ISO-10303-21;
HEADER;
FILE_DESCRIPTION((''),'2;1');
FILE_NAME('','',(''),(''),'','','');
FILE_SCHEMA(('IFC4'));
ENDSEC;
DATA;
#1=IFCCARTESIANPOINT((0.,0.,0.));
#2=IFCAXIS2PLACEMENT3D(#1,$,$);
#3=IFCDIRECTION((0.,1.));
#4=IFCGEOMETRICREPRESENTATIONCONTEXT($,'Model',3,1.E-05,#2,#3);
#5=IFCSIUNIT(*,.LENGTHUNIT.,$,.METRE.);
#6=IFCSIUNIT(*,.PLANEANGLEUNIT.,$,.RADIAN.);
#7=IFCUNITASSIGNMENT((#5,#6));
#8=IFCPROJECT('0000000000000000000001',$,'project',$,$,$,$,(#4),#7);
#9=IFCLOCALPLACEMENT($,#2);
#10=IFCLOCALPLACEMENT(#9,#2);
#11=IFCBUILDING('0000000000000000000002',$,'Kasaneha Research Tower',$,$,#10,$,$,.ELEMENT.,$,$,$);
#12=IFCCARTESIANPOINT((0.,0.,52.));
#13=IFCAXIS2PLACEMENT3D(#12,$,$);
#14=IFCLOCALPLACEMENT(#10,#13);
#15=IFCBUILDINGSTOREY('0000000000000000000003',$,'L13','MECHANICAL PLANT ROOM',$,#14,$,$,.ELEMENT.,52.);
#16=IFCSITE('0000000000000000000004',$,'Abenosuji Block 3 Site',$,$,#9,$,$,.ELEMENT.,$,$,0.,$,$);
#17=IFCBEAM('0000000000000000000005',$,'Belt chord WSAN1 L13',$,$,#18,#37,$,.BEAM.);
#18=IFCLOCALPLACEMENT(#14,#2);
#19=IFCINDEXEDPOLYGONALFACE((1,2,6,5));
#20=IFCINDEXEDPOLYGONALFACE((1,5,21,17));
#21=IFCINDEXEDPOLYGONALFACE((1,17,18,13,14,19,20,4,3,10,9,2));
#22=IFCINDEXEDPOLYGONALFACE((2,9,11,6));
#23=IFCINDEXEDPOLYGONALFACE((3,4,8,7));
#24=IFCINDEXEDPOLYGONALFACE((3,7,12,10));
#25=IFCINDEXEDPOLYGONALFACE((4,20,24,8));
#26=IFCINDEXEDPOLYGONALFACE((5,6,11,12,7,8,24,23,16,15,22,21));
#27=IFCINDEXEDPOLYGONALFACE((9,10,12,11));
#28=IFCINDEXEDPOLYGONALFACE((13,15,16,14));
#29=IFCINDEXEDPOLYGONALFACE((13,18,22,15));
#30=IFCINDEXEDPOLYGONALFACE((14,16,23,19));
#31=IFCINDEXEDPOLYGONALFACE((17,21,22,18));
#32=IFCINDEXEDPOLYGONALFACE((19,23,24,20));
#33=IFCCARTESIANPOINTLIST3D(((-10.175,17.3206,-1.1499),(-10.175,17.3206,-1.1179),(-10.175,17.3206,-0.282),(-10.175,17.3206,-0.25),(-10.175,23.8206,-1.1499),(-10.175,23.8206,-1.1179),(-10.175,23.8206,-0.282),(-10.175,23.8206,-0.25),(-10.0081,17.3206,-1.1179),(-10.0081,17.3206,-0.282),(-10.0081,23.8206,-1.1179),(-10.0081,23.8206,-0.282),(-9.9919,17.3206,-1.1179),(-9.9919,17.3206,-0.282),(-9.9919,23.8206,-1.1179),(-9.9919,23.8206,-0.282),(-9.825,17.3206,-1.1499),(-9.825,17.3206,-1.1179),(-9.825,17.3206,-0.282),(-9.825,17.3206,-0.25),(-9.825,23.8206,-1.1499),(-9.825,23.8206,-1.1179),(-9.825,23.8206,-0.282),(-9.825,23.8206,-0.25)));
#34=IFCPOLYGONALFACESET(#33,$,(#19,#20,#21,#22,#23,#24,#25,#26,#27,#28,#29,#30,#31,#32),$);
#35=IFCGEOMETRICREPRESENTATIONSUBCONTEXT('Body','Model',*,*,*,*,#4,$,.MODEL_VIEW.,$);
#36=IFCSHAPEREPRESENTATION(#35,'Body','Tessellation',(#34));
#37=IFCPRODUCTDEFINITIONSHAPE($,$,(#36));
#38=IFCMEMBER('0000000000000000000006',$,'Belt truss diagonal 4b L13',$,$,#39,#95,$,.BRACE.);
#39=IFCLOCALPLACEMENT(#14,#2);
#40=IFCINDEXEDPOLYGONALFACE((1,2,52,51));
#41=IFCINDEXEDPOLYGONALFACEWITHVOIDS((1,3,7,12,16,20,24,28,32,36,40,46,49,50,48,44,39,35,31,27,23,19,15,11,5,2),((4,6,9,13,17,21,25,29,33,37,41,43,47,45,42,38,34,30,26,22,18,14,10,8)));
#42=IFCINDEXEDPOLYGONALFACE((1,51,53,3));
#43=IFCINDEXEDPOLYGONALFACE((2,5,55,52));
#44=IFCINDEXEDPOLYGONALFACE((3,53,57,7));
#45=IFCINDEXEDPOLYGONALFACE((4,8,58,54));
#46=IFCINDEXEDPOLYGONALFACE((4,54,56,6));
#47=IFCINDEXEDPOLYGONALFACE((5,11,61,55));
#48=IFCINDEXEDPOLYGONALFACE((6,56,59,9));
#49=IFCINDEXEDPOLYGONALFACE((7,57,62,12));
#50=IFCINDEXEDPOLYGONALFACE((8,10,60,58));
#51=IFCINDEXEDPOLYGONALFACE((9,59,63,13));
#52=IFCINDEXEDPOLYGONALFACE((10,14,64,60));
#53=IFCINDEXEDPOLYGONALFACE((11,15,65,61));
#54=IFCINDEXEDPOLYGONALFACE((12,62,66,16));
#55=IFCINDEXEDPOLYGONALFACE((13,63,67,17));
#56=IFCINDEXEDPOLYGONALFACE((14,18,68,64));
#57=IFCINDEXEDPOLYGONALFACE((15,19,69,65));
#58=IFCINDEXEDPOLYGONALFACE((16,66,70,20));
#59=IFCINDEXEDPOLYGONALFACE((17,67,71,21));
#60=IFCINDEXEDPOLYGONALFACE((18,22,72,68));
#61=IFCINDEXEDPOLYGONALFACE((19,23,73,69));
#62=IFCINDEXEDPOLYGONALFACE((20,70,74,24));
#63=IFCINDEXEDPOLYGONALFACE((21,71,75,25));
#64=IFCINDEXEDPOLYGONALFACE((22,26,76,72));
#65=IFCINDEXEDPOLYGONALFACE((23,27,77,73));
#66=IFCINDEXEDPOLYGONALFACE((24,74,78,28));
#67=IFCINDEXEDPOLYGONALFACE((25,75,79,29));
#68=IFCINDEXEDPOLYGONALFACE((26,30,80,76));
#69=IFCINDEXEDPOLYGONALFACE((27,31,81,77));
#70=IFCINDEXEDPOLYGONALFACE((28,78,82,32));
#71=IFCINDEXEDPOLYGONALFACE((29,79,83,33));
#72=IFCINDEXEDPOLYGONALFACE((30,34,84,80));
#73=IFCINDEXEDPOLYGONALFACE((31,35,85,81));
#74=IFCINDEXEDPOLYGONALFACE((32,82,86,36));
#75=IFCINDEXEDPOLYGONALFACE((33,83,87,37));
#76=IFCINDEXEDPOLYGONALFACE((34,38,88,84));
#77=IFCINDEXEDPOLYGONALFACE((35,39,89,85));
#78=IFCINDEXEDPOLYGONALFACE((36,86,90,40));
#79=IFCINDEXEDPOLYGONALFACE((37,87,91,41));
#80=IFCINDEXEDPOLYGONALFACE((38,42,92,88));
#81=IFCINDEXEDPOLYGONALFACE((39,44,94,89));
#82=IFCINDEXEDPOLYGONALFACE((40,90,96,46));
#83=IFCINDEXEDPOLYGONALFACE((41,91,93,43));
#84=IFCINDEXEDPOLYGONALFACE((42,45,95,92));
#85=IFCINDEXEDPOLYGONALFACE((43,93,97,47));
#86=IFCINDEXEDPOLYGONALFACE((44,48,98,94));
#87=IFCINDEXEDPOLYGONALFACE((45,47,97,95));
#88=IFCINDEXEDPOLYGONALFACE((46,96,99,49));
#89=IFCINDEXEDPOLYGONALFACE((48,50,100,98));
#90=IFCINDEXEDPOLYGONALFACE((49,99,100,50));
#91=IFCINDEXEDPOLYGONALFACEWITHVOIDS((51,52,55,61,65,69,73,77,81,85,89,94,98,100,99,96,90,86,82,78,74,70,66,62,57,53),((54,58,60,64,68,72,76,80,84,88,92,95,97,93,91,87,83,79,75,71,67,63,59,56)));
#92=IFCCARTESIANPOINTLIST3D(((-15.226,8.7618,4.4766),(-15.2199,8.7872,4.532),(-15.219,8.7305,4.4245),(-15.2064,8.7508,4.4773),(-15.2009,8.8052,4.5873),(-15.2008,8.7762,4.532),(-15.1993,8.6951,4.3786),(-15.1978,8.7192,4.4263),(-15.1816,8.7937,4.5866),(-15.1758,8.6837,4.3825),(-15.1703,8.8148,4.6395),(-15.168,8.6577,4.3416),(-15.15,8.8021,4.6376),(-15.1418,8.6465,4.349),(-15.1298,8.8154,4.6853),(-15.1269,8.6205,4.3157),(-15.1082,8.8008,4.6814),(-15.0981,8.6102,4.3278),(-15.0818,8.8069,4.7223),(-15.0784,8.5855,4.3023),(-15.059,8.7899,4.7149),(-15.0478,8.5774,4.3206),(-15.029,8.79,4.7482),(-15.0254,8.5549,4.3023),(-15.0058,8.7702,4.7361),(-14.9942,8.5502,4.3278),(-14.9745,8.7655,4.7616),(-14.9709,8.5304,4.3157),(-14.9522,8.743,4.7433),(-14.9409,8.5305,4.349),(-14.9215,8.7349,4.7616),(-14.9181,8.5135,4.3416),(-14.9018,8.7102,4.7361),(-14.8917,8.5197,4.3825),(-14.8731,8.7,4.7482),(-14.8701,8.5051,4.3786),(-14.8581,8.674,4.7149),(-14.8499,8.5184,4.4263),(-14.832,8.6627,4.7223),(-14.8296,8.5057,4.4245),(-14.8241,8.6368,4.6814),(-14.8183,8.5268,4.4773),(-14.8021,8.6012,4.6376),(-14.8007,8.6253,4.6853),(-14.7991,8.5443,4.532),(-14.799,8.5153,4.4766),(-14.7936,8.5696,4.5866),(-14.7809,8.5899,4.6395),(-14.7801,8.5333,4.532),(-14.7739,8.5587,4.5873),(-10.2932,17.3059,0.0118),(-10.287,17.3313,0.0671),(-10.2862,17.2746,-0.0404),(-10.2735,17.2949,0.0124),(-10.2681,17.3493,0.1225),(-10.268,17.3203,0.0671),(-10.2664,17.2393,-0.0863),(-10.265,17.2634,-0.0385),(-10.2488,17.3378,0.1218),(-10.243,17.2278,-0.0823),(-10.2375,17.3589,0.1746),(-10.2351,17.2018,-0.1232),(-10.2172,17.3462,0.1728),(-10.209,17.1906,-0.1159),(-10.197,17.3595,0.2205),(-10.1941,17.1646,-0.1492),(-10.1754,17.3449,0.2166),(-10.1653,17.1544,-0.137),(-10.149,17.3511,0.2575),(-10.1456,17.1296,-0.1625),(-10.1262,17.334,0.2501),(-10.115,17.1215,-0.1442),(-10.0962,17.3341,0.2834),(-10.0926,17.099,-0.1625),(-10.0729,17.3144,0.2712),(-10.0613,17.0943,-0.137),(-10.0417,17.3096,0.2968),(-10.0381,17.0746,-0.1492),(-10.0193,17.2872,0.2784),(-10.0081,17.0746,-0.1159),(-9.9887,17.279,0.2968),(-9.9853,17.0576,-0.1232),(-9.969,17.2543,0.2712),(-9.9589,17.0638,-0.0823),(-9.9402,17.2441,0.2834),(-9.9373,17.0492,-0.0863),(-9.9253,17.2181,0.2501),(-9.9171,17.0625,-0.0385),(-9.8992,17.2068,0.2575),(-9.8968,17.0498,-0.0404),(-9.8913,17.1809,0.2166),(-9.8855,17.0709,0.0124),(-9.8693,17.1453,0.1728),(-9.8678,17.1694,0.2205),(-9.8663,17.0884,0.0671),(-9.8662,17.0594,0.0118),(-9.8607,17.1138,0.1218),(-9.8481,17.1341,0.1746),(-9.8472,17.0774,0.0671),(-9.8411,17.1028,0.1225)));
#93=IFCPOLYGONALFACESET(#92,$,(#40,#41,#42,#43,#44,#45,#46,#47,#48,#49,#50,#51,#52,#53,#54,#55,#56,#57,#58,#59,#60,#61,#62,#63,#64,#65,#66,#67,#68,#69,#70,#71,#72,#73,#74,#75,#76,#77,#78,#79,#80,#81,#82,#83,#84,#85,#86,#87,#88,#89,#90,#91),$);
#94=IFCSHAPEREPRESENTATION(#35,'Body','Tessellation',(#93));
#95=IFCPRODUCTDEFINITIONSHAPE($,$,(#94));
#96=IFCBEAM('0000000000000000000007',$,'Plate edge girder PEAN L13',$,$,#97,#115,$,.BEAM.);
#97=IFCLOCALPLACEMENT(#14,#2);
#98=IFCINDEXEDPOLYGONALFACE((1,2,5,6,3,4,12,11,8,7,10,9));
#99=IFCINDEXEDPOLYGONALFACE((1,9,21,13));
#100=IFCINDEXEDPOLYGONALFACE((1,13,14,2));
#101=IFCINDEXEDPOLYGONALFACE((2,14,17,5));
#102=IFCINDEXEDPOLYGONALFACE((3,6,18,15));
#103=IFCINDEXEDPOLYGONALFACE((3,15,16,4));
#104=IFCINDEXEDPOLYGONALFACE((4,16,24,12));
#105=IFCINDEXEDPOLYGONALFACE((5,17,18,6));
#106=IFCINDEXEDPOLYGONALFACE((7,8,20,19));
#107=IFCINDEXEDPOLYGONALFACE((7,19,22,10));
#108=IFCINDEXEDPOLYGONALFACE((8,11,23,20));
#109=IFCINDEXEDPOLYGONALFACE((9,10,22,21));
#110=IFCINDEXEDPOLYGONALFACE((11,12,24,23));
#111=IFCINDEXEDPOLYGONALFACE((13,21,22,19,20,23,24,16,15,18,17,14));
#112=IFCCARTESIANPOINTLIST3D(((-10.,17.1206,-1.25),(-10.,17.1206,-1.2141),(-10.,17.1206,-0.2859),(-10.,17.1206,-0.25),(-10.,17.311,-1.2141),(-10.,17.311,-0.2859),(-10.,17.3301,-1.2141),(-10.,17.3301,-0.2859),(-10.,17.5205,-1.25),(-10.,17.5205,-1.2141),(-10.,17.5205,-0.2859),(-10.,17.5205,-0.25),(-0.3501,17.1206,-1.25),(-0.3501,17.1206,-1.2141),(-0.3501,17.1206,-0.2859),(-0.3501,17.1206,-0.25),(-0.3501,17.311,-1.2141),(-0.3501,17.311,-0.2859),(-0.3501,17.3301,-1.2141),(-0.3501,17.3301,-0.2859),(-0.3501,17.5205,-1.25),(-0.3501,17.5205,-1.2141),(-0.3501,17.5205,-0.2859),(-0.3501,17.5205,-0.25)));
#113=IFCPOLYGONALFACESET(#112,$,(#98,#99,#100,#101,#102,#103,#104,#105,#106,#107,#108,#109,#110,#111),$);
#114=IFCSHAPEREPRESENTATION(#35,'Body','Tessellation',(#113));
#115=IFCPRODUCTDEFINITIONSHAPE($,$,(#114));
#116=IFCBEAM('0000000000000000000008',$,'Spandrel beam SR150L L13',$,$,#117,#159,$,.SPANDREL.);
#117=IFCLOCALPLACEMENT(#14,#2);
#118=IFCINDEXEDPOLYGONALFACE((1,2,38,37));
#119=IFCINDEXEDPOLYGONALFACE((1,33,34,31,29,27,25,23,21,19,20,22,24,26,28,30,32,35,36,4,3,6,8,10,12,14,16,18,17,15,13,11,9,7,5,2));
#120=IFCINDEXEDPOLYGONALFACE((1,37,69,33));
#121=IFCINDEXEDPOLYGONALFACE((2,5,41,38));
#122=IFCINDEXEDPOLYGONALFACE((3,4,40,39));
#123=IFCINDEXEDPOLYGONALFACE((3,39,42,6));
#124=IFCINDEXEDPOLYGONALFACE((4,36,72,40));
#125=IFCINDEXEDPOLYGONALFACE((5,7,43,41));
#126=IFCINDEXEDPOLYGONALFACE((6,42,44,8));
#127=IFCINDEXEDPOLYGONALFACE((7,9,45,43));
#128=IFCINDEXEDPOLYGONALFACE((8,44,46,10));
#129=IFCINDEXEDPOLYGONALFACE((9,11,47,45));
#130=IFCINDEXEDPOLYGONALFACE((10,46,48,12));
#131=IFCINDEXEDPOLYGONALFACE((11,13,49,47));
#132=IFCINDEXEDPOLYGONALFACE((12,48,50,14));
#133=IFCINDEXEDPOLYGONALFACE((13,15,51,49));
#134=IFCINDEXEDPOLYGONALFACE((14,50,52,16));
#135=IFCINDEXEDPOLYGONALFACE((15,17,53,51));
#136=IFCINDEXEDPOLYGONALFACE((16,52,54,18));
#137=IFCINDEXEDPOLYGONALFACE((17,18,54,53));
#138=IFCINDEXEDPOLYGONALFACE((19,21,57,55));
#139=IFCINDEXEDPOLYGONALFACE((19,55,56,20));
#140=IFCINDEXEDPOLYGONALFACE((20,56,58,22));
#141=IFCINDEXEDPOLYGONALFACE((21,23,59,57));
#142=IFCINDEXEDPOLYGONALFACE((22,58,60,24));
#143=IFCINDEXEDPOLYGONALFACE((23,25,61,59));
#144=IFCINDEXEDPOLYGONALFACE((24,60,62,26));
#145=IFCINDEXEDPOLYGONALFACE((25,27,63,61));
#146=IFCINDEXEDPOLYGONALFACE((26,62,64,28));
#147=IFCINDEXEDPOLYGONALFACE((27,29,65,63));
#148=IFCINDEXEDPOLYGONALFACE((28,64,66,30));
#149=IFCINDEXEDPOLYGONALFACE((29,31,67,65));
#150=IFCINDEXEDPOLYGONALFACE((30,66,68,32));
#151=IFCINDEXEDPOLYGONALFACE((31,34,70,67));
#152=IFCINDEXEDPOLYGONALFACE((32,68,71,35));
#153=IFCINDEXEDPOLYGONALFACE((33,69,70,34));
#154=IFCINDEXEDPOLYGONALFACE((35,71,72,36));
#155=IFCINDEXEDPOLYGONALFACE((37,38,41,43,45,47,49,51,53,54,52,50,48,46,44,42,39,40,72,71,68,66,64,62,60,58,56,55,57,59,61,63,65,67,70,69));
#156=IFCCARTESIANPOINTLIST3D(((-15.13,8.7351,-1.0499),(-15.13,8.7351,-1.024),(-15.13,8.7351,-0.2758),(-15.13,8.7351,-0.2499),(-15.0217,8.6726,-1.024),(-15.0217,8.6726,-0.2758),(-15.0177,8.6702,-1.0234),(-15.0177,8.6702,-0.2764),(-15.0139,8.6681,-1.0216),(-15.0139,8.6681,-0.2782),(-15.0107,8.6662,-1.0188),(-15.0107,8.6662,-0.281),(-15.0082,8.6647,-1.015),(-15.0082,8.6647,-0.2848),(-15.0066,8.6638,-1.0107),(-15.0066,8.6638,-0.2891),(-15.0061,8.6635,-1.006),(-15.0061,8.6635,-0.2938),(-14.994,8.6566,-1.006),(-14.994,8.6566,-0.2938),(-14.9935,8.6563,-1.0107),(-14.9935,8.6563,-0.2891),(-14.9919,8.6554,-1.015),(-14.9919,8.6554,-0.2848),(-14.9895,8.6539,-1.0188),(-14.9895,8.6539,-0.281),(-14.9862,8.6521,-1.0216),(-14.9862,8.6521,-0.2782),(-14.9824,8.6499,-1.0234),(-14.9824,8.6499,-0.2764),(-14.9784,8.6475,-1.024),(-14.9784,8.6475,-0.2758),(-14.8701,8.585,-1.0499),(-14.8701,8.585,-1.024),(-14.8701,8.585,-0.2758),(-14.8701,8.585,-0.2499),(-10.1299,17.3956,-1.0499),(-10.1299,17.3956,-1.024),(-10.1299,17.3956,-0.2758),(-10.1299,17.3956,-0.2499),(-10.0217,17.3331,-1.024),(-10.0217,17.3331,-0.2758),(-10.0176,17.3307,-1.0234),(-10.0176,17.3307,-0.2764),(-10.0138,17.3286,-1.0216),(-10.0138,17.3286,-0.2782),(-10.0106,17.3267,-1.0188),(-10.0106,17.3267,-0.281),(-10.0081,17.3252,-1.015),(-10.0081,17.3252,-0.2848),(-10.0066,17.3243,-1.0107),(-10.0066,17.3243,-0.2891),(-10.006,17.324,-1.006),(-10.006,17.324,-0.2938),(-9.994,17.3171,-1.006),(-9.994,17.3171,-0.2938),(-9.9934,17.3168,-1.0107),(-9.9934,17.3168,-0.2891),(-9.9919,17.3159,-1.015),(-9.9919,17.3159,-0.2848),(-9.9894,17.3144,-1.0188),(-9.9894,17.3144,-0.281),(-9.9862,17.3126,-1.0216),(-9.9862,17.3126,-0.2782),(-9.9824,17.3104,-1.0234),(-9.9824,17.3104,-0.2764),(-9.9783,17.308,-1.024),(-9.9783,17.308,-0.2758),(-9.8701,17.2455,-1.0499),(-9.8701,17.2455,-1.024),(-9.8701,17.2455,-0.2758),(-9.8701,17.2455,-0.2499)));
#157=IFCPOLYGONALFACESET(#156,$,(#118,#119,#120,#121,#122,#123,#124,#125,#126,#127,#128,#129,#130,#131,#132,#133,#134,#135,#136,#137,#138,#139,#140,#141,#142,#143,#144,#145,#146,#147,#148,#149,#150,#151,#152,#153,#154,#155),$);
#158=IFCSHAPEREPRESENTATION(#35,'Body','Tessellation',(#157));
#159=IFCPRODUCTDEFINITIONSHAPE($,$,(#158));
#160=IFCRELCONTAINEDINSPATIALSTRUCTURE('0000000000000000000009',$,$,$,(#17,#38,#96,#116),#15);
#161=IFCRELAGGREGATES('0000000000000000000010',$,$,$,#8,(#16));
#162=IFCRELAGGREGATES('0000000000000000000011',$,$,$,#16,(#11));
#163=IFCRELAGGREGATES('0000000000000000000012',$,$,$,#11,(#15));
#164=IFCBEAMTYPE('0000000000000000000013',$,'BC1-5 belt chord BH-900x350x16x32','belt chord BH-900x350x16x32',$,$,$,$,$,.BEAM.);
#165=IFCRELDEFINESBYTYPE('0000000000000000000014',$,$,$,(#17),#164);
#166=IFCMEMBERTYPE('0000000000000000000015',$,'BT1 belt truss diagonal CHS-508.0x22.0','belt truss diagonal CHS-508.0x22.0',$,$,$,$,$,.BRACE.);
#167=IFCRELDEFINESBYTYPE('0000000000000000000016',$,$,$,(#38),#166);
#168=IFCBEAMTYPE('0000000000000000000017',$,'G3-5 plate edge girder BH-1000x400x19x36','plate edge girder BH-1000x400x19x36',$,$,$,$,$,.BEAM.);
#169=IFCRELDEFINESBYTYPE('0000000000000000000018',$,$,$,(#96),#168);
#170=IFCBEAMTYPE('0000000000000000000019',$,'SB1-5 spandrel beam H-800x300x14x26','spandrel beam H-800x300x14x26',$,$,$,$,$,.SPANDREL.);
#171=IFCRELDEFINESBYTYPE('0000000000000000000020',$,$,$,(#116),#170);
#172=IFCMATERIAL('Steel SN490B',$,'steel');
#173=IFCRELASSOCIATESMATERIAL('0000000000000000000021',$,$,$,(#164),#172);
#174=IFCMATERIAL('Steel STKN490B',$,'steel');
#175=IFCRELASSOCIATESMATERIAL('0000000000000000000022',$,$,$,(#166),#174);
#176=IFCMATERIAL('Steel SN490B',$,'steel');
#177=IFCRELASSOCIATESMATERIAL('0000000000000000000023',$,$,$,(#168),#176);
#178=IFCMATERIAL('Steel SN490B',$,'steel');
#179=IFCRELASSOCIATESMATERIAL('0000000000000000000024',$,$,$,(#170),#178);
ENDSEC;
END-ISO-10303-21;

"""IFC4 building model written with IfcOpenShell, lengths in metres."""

from ifc_helpers import new_model, si_unit, direction, frame, origin, origin_2d, place, context, subcontext, project, spatial, hollow_circle, i_section, extrude, material, material_profile, profile_set, type_object, element, save


model = new_model("IFC4")

# Units and contexts
model_context = context("Model", 3, precision=1e-05, world=origin(), true_north=direction((0.0, 1.0)))
body_context = subcontext(model_context, "Body", "Model", "MODEL_VIEW")
ifc_project = project(units=[si_unit("LENGTHUNIT", "METRE"), si_unit("PLANEANGLEUNIT", "RADIAN")], contexts=[model_context])

# Site, building, storey
site_placement = place(None, origin())
site = spatial("IfcSite", under=ifc_project, at=site_placement, Name="Abenosuji Block 3 Site", CompositionType="ELEMENT", RefElevation=0.0)
building_placement = place(site_placement, origin())
building = spatial("IfcBuilding", under=site, at=building_placement, Name="Kasaneha Research Tower", CompositionType="ELEMENT")
storey_placement = place(building_placement, frame((0.0, 0.0, 52.0)))
storey = spatial("IfcBuildingStorey", under=building, at=storey_placement, Name="L13", Description="MECHANICAL PLANT ROOM", CompositionType="ELEMENT", Elevation=52.0)

# Beam
ifc_material_1 = material(Name="Steel SN490B", Category="steel")
ifc_material_profile_1 = material_profile(ifc_material_1, i_section(OverallWidth=0.3501, OverallDepth=0.8999, WebThickness=0.0161, FlangeThickness=0.032, at=origin_2d()), Name="BH-900x350x16x32")
ifc_profile_set_1 = profile_set([ifc_material_profile_1], Name="Steel SN490B")
beam_type_1 = type_object("IfcBeamType", Name="BC1-5 belt chord BH-900x350x16x32", Description="belt chord BH-900x350x16x32", PredefinedType="BEAM", material=ifc_profile_set_1)
beam_1_placement = place(storey_placement, frame((-10.0, 17.3206, -0.7), z_axis=(0.0, 1.0, 0.0), x_axis=(-1.0, 0.0, 0.0)))
element("IfcBeam", 1, at=beam_1_placement, inside=storey, type_object=beam_type_1, Name="Belt chord WSAN1 L13", PredefinedType="BEAM", context=body_context, shape_type="SweptSolid", body=[
    extrude(i_section(OverallWidth=0.3501, OverallDepth=0.8999, WebThickness=0.0161, FlangeThickness=0.032, at=origin_2d()), origin(), (0.0, 0.0, 1.0), 6.5),
])

# Member
ifc_material_2 = material(Name="Steel STKN490B", Category="steel")
ifc_material_profile_2 = material_profile(ifc_material_2, hollow_circle(Radius=0.2539, WallThickness=0.022, at=origin_2d()), Name="CHS-508.0x22.0")
ifc_profile_set_2 = profile_set([ifc_material_profile_2], Name="Steel STKN490B")
member_type = type_object("IfcMemberType", Name="BT1 belt truss diagonal CHS-508.0x22.0", Description="belt truss diagonal CHS-508.0x22.0", PredefinedType="BRACE", material=ifc_profile_set_2)
member_placement = place(storey_placement, frame((-10.0671, 17.2043, 0.0671), z_axis=(-0.455516, -0.788997, 0.412298), x_axis=(0.866031, -0.49999, 0.0)))
element("IfcMember", 2, at=member_placement, inside=storey, type_object=member_type, Name="Belt truss diagonal 4b L13", PredefinedType="BRACE", context=body_context, shape_type="SweptSolid", body=[
    extrude(hollow_circle(Radius=0.2539, WallThickness=0.022, at=origin_2d()), origin(), (0.0, 0.0, 1.0), 10.8291),
])

# Beams
ifc_material_3 = material(Name="Steel SN490B", Category="steel")
ifc_material_profile_3 = material_profile(ifc_material_3, i_section(OverallWidth=0.3999, OverallDepth=1.0, WebThickness=0.019, FlangeThickness=0.0359, at=origin_2d()), Name="BH-1000x400x19x36")
ifc_profile_set_3 = profile_set([ifc_material_profile_3], Name="Steel SN490B")
beam_type_2 = type_object("IfcBeamType", Name="G3-5 plate edge girder BH-1000x400x19x36", Description="plate edge girder BH-1000x400x19x36", PredefinedType="BEAM", material=ifc_profile_set_3)
beam_2_placement = place(storey_placement, frame((-10.0, 17.3206, -0.75), z_axis=(1.0, 0.0, 0.0), x_axis=(0.0, 1.0, 0.0)))
element("IfcBeam", 3, at=beam_2_placement, inside=storey, type_object=beam_type_2, Name="Plate edge girder PEAN L13", PredefinedType="BEAM", context=body_context, shape_type="SweptSolid", body=[
    extrude(i_section(OverallWidth=0.3999, OverallDepth=1.0, WebThickness=0.019, FlangeThickness=0.0359, at=origin_2d()), origin(), (0.0, 0.0, 1.0), 9.6499),
])
ifc_material_4 = material(Name="Steel SN490B", Category="steel")
ifc_material_profile_4 = material_profile(ifc_material_4, i_section(OverallWidth=0.3, OverallDepth=0.8, WebThickness=0.0139, FlangeThickness=0.0259, FilletRadius=0.0181, at=origin_2d()), Name="H-800x300x14x26")
ifc_profile_set_4 = profile_set([ifc_material_profile_4], Name="Steel SN490B")
beam_type_3 = type_object("IfcBeamType", Name="SB1-5 spandrel beam H-800x300x14x26", Description="spandrel beam H-800x300x14x26", PredefinedType="SPANDREL", material=ifc_profile_set_4)
beam_3_placement = place(storey_placement, frame((-10.0, 17.3206, -0.6499), z_axis=(-0.499994, -0.866029, 0.0), x_axis=(0.866029, -0.499994, 0.0)))
element("IfcBeam", 4, at=beam_3_placement, inside=storey, type_object=beam_type_3, Name="Spandrel beam SR150L L13", PredefinedType="SPANDREL", context=body_context, shape_type="SweptSolid", body=[
    extrude(i_section(OverallWidth=0.3, OverallDepth=0.8, WebThickness=0.0139, FlangeThickness=0.0259, FilletRadius=0.0181, at=origin_2d()), origin(), (0.0, 0.0, 1.0), 10.0002),
])

save(model, "model.ifc")
